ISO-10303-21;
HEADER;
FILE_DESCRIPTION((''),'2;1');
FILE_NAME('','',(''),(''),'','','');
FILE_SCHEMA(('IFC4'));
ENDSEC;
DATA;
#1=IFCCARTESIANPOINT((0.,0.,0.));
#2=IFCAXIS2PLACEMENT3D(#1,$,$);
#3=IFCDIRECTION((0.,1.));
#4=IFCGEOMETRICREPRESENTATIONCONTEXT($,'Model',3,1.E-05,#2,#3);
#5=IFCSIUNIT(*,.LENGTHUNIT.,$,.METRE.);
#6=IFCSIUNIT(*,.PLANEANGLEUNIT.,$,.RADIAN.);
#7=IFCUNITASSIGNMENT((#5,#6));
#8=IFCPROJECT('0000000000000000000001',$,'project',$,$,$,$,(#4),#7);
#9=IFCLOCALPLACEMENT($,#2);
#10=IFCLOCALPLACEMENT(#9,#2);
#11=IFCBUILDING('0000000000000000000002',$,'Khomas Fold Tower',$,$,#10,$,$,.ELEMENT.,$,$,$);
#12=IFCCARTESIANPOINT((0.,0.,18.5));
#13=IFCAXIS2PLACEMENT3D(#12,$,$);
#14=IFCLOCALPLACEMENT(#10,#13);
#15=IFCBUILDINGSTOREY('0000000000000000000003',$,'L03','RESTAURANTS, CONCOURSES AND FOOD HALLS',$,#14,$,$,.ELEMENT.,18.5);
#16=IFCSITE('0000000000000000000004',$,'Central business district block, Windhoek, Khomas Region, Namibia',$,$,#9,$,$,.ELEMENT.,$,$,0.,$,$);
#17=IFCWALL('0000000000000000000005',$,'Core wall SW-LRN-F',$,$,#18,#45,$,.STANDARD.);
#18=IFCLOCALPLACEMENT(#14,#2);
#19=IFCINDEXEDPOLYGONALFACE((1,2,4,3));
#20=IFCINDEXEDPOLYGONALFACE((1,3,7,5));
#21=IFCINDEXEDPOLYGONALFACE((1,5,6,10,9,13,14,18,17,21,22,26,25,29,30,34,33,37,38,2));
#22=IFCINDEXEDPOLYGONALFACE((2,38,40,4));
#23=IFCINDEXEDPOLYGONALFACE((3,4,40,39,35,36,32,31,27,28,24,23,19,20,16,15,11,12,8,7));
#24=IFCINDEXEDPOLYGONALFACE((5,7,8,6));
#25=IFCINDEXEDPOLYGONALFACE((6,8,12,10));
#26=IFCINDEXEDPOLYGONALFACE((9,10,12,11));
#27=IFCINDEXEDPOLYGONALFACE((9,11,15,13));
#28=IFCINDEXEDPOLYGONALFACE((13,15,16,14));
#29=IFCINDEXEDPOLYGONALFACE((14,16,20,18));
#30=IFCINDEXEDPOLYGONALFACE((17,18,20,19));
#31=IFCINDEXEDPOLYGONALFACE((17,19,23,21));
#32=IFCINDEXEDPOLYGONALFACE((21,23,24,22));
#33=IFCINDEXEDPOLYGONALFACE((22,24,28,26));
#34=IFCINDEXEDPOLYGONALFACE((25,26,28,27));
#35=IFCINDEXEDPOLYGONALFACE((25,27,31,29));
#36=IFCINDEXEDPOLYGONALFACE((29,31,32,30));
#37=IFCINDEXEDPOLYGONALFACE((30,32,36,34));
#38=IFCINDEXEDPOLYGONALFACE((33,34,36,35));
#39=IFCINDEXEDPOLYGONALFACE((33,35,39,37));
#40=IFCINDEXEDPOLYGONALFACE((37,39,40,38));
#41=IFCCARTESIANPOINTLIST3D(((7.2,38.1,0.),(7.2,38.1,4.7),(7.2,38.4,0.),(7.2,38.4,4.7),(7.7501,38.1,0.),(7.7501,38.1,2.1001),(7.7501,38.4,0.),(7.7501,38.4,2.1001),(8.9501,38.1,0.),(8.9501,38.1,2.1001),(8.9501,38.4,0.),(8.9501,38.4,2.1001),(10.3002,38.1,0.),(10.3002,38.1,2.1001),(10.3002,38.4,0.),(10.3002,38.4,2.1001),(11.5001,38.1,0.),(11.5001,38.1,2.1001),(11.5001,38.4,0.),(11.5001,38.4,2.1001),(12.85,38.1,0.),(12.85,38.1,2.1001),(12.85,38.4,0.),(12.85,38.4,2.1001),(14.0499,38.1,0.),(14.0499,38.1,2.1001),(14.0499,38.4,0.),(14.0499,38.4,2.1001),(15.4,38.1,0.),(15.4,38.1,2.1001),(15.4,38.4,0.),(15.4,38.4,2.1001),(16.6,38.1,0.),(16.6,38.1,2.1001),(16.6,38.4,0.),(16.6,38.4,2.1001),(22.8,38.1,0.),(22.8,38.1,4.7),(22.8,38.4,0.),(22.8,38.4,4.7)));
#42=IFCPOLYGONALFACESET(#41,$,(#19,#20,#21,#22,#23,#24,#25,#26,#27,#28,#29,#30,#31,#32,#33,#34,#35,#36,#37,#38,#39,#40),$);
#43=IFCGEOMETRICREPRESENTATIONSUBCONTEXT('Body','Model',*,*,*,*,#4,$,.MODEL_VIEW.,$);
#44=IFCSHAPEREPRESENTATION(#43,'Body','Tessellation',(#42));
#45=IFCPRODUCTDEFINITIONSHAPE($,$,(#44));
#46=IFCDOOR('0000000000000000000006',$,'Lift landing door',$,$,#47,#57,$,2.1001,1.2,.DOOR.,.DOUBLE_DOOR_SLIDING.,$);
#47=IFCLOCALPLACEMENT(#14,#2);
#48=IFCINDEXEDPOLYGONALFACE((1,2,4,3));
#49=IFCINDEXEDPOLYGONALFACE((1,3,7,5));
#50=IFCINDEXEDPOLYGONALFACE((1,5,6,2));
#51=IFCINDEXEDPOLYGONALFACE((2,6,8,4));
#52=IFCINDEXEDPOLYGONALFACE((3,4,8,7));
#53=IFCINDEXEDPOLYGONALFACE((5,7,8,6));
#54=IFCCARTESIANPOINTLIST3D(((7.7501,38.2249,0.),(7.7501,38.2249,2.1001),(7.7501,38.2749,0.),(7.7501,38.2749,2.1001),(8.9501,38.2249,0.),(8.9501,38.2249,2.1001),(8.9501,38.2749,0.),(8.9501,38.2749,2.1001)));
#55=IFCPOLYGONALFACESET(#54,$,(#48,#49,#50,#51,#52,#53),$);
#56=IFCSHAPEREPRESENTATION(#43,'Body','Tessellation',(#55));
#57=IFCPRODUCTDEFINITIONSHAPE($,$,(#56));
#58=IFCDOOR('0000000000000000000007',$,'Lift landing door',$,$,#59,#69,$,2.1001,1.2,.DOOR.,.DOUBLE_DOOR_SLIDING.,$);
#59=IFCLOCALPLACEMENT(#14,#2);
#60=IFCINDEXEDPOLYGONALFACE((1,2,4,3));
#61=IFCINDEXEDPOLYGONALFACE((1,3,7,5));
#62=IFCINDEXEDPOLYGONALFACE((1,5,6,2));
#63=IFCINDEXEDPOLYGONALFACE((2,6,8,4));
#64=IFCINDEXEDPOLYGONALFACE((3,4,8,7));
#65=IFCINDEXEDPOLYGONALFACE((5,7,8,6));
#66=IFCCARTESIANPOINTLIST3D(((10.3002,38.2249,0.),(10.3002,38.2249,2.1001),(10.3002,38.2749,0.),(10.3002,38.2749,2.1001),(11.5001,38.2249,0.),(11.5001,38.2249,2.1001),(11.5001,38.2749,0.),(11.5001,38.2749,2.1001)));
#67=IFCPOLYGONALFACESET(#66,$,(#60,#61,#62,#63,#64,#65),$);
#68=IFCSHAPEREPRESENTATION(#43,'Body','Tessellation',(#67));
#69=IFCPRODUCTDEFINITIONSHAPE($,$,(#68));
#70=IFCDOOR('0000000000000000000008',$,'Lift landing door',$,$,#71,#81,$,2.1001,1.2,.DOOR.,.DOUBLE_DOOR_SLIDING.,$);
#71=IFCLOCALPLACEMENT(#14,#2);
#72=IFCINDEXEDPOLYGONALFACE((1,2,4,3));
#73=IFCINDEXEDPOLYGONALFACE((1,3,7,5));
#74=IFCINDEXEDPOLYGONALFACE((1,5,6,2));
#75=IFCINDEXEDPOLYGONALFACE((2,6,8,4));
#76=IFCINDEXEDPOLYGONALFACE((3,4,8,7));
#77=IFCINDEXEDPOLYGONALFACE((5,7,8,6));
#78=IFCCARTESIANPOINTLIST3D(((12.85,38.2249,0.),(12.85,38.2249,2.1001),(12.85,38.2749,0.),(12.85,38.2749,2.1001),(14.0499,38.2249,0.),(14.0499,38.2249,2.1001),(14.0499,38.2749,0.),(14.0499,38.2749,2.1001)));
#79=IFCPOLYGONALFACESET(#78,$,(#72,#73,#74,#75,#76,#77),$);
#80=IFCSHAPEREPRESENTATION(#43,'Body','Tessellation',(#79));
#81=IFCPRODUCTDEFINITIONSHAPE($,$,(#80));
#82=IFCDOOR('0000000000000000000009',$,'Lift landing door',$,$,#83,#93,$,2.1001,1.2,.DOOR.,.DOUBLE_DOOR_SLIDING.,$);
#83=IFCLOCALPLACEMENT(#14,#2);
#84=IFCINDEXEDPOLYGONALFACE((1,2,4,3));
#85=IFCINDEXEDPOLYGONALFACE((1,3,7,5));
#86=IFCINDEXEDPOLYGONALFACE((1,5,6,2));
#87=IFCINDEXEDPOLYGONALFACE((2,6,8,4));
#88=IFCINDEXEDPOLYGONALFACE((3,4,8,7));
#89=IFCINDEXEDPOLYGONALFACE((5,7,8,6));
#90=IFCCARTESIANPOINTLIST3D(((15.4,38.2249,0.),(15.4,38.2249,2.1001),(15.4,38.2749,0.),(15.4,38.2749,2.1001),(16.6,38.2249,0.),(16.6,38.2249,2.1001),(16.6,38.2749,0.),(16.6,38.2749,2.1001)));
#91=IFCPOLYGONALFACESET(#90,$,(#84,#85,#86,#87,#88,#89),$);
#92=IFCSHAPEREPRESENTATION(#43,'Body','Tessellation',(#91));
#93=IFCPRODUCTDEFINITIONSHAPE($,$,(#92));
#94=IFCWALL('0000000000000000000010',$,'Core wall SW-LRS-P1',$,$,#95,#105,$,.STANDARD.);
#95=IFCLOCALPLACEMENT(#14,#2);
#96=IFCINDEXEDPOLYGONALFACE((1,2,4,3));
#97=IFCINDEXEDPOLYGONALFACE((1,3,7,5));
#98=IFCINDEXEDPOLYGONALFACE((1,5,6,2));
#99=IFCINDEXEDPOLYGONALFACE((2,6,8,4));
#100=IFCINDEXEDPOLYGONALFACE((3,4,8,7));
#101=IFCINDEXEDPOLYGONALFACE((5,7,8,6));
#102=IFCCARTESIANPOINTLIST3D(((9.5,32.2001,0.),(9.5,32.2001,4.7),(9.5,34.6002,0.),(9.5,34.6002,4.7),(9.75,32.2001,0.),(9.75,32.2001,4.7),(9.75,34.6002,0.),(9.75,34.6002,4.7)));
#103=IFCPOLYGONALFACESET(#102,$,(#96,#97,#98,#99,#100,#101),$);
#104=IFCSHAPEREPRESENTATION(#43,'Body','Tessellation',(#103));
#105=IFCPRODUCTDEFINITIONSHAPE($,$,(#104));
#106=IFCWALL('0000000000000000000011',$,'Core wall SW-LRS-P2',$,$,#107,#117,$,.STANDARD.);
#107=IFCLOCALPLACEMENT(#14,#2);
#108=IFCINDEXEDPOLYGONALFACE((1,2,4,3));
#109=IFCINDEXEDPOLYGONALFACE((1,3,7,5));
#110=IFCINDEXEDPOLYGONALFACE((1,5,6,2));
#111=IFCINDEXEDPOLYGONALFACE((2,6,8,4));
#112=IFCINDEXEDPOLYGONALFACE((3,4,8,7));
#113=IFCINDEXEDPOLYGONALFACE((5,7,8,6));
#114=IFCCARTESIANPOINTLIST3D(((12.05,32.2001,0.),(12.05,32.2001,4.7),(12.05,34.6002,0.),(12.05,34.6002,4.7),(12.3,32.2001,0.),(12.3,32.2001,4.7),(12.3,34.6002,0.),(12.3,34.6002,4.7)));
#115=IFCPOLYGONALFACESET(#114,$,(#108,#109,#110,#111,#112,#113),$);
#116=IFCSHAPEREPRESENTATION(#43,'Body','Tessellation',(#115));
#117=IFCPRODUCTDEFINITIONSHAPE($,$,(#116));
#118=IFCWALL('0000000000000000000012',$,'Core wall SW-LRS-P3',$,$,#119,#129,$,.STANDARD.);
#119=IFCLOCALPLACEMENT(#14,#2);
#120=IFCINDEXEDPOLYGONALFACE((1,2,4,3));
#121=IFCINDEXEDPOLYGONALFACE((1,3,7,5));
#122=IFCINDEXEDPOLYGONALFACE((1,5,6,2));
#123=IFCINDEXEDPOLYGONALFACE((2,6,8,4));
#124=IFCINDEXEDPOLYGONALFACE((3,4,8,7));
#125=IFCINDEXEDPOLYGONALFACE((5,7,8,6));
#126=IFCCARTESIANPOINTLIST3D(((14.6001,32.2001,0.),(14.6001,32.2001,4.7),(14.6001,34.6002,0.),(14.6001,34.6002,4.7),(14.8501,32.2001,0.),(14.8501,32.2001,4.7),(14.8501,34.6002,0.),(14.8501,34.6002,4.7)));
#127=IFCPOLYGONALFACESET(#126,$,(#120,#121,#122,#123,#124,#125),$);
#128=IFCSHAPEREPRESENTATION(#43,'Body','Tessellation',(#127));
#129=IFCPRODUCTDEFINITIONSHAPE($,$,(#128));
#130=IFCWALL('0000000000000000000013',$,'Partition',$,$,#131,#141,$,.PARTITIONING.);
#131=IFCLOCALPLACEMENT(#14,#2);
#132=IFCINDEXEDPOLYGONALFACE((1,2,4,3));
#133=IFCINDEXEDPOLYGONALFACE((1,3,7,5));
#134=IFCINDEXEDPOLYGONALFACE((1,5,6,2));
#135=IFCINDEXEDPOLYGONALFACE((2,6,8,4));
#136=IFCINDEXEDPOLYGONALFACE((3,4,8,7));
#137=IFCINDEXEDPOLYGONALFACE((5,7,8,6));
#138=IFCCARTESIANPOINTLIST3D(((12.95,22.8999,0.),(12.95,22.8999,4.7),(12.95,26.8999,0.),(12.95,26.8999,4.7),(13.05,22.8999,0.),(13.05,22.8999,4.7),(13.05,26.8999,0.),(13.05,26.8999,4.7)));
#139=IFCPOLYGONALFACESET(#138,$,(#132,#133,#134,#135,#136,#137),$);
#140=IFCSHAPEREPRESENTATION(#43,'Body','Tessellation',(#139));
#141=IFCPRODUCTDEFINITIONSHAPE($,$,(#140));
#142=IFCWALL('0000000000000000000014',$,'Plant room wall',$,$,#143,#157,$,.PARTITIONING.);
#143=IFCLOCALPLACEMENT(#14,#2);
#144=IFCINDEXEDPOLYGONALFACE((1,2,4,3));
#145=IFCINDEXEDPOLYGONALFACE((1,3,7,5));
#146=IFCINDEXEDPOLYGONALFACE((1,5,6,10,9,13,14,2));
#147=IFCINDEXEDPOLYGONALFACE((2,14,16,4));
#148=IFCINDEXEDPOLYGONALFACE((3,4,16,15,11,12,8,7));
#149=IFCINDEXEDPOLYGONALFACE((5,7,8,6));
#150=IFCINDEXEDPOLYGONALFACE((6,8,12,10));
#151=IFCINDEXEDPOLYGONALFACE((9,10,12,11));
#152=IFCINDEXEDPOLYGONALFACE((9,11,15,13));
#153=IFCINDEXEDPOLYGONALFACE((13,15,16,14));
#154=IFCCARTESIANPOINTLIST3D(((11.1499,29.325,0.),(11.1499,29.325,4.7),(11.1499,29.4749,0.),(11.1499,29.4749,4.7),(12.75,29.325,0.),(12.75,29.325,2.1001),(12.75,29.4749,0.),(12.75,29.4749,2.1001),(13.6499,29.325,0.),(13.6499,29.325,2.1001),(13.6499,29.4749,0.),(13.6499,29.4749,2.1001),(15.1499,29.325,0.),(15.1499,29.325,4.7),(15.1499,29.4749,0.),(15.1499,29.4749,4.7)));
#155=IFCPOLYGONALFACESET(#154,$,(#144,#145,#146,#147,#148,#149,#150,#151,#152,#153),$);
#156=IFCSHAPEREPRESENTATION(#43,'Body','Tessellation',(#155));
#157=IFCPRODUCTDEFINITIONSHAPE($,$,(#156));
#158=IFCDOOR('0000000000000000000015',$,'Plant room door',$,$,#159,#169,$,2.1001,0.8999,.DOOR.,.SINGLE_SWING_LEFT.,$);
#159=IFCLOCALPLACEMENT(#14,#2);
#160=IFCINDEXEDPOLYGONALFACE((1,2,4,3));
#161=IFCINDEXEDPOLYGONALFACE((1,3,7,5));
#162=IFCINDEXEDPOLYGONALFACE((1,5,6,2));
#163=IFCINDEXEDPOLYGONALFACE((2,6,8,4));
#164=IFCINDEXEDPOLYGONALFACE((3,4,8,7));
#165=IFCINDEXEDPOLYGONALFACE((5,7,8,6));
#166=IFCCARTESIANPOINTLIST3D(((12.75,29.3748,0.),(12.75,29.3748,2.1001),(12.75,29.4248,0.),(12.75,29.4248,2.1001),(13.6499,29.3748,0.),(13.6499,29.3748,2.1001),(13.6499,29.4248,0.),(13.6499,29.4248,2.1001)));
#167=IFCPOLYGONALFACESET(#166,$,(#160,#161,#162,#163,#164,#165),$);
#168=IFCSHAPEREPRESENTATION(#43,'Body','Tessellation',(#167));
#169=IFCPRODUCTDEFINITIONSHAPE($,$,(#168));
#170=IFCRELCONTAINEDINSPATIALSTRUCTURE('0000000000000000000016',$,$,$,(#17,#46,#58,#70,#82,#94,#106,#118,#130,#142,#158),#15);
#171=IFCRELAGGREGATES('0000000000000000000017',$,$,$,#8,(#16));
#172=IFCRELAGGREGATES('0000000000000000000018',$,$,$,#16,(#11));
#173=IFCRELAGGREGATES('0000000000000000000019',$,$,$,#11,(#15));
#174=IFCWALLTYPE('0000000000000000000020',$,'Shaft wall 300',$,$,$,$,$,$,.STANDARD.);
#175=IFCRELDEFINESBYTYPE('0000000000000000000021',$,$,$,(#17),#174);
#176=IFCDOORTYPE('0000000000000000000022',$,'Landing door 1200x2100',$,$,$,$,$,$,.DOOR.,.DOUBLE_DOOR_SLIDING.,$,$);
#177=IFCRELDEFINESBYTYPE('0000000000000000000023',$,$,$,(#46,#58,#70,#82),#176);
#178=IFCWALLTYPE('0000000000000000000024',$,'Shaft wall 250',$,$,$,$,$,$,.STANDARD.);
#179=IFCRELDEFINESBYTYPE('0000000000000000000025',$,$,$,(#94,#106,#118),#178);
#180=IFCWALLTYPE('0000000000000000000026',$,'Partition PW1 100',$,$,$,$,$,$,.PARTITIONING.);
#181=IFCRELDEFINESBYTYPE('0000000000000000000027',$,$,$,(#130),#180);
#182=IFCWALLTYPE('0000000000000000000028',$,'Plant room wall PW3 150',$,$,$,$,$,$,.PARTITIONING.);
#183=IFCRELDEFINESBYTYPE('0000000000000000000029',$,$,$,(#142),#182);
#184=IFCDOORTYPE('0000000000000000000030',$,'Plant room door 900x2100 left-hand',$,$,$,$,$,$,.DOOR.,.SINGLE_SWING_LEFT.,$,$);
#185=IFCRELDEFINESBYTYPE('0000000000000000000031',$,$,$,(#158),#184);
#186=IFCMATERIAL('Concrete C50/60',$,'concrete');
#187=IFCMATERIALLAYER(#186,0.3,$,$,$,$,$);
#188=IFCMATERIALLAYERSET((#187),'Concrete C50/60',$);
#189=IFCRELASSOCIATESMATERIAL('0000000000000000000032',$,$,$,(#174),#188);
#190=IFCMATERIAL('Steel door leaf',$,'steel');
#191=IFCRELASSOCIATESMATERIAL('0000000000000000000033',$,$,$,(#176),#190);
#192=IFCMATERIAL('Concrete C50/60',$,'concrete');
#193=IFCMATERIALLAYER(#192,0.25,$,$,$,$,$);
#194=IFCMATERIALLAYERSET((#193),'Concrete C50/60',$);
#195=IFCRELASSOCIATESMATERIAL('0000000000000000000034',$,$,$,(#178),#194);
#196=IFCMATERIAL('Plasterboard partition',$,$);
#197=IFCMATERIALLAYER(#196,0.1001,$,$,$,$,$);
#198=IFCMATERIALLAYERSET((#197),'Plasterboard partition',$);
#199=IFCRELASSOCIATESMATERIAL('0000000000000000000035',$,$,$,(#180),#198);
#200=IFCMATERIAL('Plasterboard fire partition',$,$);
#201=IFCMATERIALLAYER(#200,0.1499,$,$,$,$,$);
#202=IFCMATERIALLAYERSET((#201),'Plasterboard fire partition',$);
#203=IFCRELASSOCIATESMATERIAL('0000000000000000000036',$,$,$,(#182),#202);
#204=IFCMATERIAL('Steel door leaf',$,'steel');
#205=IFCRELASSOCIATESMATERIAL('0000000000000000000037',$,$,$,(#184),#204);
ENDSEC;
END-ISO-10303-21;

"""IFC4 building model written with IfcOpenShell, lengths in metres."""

from ifc_helpers import new_model, si_unit, direction, frame, frame_2d, origin, place, context, subcontext, project, spatial, rectangle, extrude, source, transform, mapped, material, layer, layer_set, type_object, element, fill, save


model = new_model("IFC4")

# Units and contexts
model_context = context("Model", 3, precision=1e-05, world=origin(), true_north=direction((0.0, 1.0)))
body_context = subcontext(model_context, "Body", "Model", "MODEL_VIEW")
ifc_project = project(units=[si_unit("LENGTHUNIT", "METRE"), si_unit("PLANEANGLEUNIT", "RADIAN")], contexts=[model_context])

# Site, building, storey
site_placement = place(None, origin())
site = spatial("IfcSite", under=ifc_project, at=site_placement, Name="Central business district block, Windhoek, Khomas Region, Namibia", CompositionType="ELEMENT", RefElevation=0.0)
building_placement = place(site_placement, origin())
building = spatial("IfcBuilding", under=site, at=building_placement, Name="Khomas Fold Tower", CompositionType="ELEMENT")
storey_placement = place(building_placement, frame((0.0, 0.0, 18.5)))
storey = spatial("IfcBuildingStorey", under=building, at=storey_placement, Name="L03", Description="RESTAURANTS, CONCOURSES AND FOOD HALLS", CompositionType="ELEMENT", Elevation=18.5)

# Wall, openings, doors
ifc_material_1 = material(Name="Concrete C50/60", Category="concrete")
ifc_layer_1 = layer(ifc_material_1, 0.3)
ifc_layer_set_1 = layer_set([ifc_layer_1], Name="Concrete C50/60")
wall_type_1 = type_object("IfcWallType", Name="Shaft wall 300", PredefinedType="STANDARD", material=ifc_layer_set_1)
shared_shape_1 = source(origin(), body_context, "Body", "SweptSolid", [
    extrude(rectangle(XDim=15.6001, YDim=0.3, at=frame_2d((7.8, 0.0))), origin(), (0.0, 0.0, 1.0), 4.7),
])
wall_1_placement = place(storey_placement, frame((7.2, 38.25, 0.0), z_axis=(0.0, 0.0, 1.0), x_axis=(1.0, 0.0, 0.0)))
wall_1 = element("IfcWall", 1, at=wall_1_placement, inside=storey, type_object=wall_type_1, Name="Core wall SW-LRN-F", PredefinedType="STANDARD", context=body_context, shape_type="MappedRepresentation", body=[
    mapped(shared_shape_1, transform((0.0, 0.0, 0.0))),
])
shared_shape_2 = source(origin(), body_context, "Body", "SweptSolid", [
    extrude(rectangle(XDim=1.2, YDim=2.1001, at=frame_2d((0.6001, 1.05))), frame((0.0, 0.1599, 0.0), z_axis=(0.0, -1.0, 0.0), x_axis=(1.0, 0.0, 0.0)), (0.0, 0.0, 1.0), 0.3201),
])
opening_1_placement = place(wall_1_placement, frame((0.55, 0.0, 0.0)))
opening_1 = element("IfcOpeningElement", 2, at=opening_1_placement, cuts=wall_1, PredefinedType="OPENING", context=body_context, shape_type="MappedRepresentation", body=[
    mapped(shared_shape_2, transform((0.0, 0.0, 0.0))),
])
opening_2_placement = place(wall_1_placement, frame((3.1001, 0.0, 0.0)))
opening_2 = element("IfcOpeningElement", 3, at=opening_2_placement, cuts=wall_1, PredefinedType="OPENING", context=body_context, shape_type="MappedRepresentation", body=[
    mapped(shared_shape_2, transform((0.0, 0.0, 0.0))),
])
opening_3_placement = place(wall_1_placement, frame((5.6499, 0.0, 0.0)))
opening_3 = element("IfcOpeningElement", 4, at=opening_3_placement, cuts=wall_1, PredefinedType="OPENING", context=body_context, shape_type="MappedRepresentation", body=[
    mapped(shared_shape_2, transform((0.0, 0.0, 0.0))),
])
opening_4_placement = place(wall_1_placement, frame((8.2, 0.0, 0.0)))
opening_4 = element("IfcOpeningElement", 5, at=opening_4_placement, cuts=wall_1, PredefinedType="OPENING", context=body_context, shape_type="MappedRepresentation", body=[
    mapped(shared_shape_2, transform((0.0, 0.0, 0.0))),
])
ifc_material_2 = material(Name="Steel door leaf", Category="steel")
door_type_1 = type_object("IfcDoorType", Name="Landing door 1200x2100", OperationType="DOUBLE_DOOR_SLIDING", PredefinedType="DOOR", material=ifc_material_2)
shared_shape_3 = source(origin(), body_context, "Body", "SweptSolid", [
    extrude(rectangle(XDim=1.2, YDim=2.1001, at=frame_2d((0.6001, 1.05))), frame((0.0, 0.0249, 0.0), z_axis=(0.0, -1.0, 0.0), x_axis=(1.0, 0.0, 0.0)), (0.0, 0.0, 1.0), 0.05),
])
door_1_placement = place(opening_1_placement, origin())
door_1 = element("IfcDoor", 6, at=door_1_placement, inside=storey, type_object=door_type_1, Name="Lift landing door", OperationType="DOUBLE_DOOR_SLIDING", OverallHeight=2.1001, OverallWidth=1.2, PredefinedType="DOOR", context=body_context, shape_type="MappedRepresentation", body=[
    mapped(shared_shape_3, transform((0.0, 0.0, 0.0))),
])
fill(opening_1, door_1)
door_2_placement = place(opening_2_placement, origin())
door_2 = element("IfcDoor", 7, at=door_2_placement, inside=storey, type_object=door_type_1, Name="Lift landing door", OperationType="DOUBLE_DOOR_SLIDING", OverallHeight=2.1001, OverallWidth=1.2, PredefinedType="DOOR", context=body_context, shape_type="MappedRepresentation", body=[
    mapped(shared_shape_3, transform((0.0, 0.0, 0.0))),
])
fill(opening_2, door_2)
door_3_placement = place(opening_3_placement, origin())
door_3 = element("IfcDoor", 8, at=door_3_placement, inside=storey, type_object=door_type_1, Name="Lift landing door", OperationType="DOUBLE_DOOR_SLIDING", OverallHeight=2.1001, OverallWidth=1.2, PredefinedType="DOOR", context=body_context, shape_type="MappedRepresentation", body=[
    mapped(shared_shape_3, transform((0.0, 0.0, 0.0))),
])
fill(opening_3, door_3)
door_4_placement = place(opening_4_placement, origin())
door_4 = element("IfcDoor", 9, at=door_4_placement, inside=storey, type_object=door_type_1, Name="Lift landing door", OperationType="DOUBLE_DOOR_SLIDING", OverallHeight=2.1001, OverallWidth=1.2, PredefinedType="DOOR", context=body_context, shape_type="MappedRepresentation", body=[
    mapped(shared_shape_3, transform((0.0, 0.0, 0.0))),
])
fill(opening_4, door_4)

# Walls
ifc_material_3 = material(Name="Concrete C50/60", Category="concrete")
ifc_layer_2 = layer(ifc_material_3, 0.25)
ifc_layer_set_2 = layer_set([ifc_layer_2], Name="Concrete C50/60")
wall_type_2 = type_object("IfcWallType", Name="Shaft wall 250", PredefinedType="STANDARD", material=ifc_layer_set_2)
shared_shape_4 = source(origin(), body_context, "Body", "SweptSolid", [
    extrude(rectangle(XDim=2.4001, YDim=0.25, at=frame_2d((1.2002, 0.0))), origin(), (0.0, 0.0, 1.0), 4.7),
])
for number, where, z_axis, x_axis, name in (
    (10, (9.625, 32.2, 0.0), (0.0, 0.0, 1.0), (0.0, 1.0, 0.0), "Core wall SW-LRS-P1"),
    (11, (12.175, 32.2, 0.0), (0.0, 0.0, 1.0), (0.0, 1.0, 0.0), "Core wall SW-LRS-P2"),
    (12, (14.7251, 32.2, 0.0), (0.0, 0.0, 1.0), (0.0, 1.0, 0.0), "Core wall SW-LRS-P3"),
):
    element("IfcWall", number, at=place(storey_placement, frame(where, z_axis=z_axis, x_axis=x_axis)), inside=storey, type_object=wall_type_2, Name=name, PredefinedType="STANDARD", context=body_context, shape_type="MappedRepresentation", body=[
        mapped(shared_shape_4, transform((0.0, 0.0, 0.0))),
    ])
ifc_material_4 = material(Name="Plasterboard partition")
ifc_layer_3 = layer(ifc_material_4, 0.1001)
ifc_layer_set_3 = layer_set([ifc_layer_3], Name="Plasterboard partition")
wall_type_3 = type_object("IfcWallType", Name="Partition PW1 100", PredefinedType="PARTITIONING", material=ifc_layer_set_3)
shared_shape_5 = source(origin(), body_context, "Body", "SweptSolid", [
    extrude(rectangle(XDim=4.0, YDim=0.1001, at=frame_2d((2.0, 0.0))), origin(), (0.0, 0.0, 1.0), 4.7),
])
wall_2_placement = place(storey_placement, frame((13.0, 22.8999, 0.0), z_axis=(0.0, 0.0, 1.0), x_axis=(0.0, 1.0, 0.0)))
element("IfcWall", 13, at=wall_2_placement, inside=storey, type_object=wall_type_3, Name="Partition", PredefinedType="PARTITIONING", context=body_context, shape_type="MappedRepresentation", body=[
    mapped(shared_shape_5, transform((0.0, 0.0, 0.0))),
])

# Wall, opening, door
ifc_material_5 = material(Name="Plasterboard fire partition")
ifc_layer_4 = layer(ifc_material_5, 0.1499)
ifc_layer_set_4 = layer_set([ifc_layer_4], Name="Plasterboard fire partition")
wall_type_4 = type_object("IfcWallType", Name="Plant room wall PW3 150", PredefinedType="PARTITIONING", material=ifc_layer_set_4)
shared_shape_6 = source(origin(), body_context, "Body", "SweptSolid", [
    extrude(rectangle(XDim=4.0, YDim=0.1499, at=frame_2d((2.0, 0.0))), origin(), (0.0, 0.0, 1.0), 4.7),
])
wall_3_placement = place(storey_placement, frame((11.1499, 29.3999, 0.0), z_axis=(0.0, 0.0, 1.0), x_axis=(1.0, 0.0, 0.0)))
wall_3 = element("IfcWall", 14, at=wall_3_placement, inside=storey, type_object=wall_type_4, Name="Plant room wall", PredefinedType="PARTITIONING", context=body_context, shape_type="MappedRepresentation", body=[
    mapped(shared_shape_6, transform((0.0, 0.0, 0.0))),
])
shared_shape_7 = source(origin(), body_context, "Body", "SweptSolid", [
    extrude(rectangle(XDim=0.8999, YDim=2.1001, at=frame_2d((0.45, 1.05))), frame((0.0, 0.085, 0.0), z_axis=(0.0, -1.0, 0.0), x_axis=(1.0, 0.0, 0.0)), (0.0, 0.0, 1.0), 0.1699),
])
opening_5_placement = place(wall_3_placement, frame((1.6001, 0.0, 0.0)))
opening_5 = element("IfcOpeningElement", 15, at=opening_5_placement, cuts=wall_3, PredefinedType="OPENING", context=body_context, shape_type="MappedRepresentation", body=[
    mapped(shared_shape_7, transform((0.0, 0.0, 0.0))),
])
ifc_material_6 = material(Name="Steel door leaf", Category="steel")
door_type_2 = type_object("IfcDoorType", Name="Plant room door 900x2100 left-hand", OperationType="SINGLE_SWING_LEFT", PredefinedType="DOOR", material=ifc_material_6)
shared_shape_8 = source(origin(), body_context, "Body", "SweptSolid", [
    extrude(rectangle(XDim=0.8999, YDim=2.1001, at=frame_2d((0.45, 1.05))), frame((0.0, 0.0249, 0.0), z_axis=(0.0, -1.0, 0.0), x_axis=(1.0, 0.0, 0.0)), (0.0, 0.0, 1.0), 0.05),
])
door_5_placement = place(opening_5_placement, origin())
door_5 = element("IfcDoor", 16, at=door_5_placement, inside=storey, type_object=door_type_2, Name="Plant room door", OperationType="SINGLE_SWING_LEFT", OverallHeight=2.1001, OverallWidth=0.8999, PredefinedType="DOOR", context=body_context, shape_type="MappedRepresentation", body=[
    mapped(shared_shape_8, transform((0.0, 0.0, 0.0))),
])
fill(opening_5, door_5)

save(model, "model.ifc")
